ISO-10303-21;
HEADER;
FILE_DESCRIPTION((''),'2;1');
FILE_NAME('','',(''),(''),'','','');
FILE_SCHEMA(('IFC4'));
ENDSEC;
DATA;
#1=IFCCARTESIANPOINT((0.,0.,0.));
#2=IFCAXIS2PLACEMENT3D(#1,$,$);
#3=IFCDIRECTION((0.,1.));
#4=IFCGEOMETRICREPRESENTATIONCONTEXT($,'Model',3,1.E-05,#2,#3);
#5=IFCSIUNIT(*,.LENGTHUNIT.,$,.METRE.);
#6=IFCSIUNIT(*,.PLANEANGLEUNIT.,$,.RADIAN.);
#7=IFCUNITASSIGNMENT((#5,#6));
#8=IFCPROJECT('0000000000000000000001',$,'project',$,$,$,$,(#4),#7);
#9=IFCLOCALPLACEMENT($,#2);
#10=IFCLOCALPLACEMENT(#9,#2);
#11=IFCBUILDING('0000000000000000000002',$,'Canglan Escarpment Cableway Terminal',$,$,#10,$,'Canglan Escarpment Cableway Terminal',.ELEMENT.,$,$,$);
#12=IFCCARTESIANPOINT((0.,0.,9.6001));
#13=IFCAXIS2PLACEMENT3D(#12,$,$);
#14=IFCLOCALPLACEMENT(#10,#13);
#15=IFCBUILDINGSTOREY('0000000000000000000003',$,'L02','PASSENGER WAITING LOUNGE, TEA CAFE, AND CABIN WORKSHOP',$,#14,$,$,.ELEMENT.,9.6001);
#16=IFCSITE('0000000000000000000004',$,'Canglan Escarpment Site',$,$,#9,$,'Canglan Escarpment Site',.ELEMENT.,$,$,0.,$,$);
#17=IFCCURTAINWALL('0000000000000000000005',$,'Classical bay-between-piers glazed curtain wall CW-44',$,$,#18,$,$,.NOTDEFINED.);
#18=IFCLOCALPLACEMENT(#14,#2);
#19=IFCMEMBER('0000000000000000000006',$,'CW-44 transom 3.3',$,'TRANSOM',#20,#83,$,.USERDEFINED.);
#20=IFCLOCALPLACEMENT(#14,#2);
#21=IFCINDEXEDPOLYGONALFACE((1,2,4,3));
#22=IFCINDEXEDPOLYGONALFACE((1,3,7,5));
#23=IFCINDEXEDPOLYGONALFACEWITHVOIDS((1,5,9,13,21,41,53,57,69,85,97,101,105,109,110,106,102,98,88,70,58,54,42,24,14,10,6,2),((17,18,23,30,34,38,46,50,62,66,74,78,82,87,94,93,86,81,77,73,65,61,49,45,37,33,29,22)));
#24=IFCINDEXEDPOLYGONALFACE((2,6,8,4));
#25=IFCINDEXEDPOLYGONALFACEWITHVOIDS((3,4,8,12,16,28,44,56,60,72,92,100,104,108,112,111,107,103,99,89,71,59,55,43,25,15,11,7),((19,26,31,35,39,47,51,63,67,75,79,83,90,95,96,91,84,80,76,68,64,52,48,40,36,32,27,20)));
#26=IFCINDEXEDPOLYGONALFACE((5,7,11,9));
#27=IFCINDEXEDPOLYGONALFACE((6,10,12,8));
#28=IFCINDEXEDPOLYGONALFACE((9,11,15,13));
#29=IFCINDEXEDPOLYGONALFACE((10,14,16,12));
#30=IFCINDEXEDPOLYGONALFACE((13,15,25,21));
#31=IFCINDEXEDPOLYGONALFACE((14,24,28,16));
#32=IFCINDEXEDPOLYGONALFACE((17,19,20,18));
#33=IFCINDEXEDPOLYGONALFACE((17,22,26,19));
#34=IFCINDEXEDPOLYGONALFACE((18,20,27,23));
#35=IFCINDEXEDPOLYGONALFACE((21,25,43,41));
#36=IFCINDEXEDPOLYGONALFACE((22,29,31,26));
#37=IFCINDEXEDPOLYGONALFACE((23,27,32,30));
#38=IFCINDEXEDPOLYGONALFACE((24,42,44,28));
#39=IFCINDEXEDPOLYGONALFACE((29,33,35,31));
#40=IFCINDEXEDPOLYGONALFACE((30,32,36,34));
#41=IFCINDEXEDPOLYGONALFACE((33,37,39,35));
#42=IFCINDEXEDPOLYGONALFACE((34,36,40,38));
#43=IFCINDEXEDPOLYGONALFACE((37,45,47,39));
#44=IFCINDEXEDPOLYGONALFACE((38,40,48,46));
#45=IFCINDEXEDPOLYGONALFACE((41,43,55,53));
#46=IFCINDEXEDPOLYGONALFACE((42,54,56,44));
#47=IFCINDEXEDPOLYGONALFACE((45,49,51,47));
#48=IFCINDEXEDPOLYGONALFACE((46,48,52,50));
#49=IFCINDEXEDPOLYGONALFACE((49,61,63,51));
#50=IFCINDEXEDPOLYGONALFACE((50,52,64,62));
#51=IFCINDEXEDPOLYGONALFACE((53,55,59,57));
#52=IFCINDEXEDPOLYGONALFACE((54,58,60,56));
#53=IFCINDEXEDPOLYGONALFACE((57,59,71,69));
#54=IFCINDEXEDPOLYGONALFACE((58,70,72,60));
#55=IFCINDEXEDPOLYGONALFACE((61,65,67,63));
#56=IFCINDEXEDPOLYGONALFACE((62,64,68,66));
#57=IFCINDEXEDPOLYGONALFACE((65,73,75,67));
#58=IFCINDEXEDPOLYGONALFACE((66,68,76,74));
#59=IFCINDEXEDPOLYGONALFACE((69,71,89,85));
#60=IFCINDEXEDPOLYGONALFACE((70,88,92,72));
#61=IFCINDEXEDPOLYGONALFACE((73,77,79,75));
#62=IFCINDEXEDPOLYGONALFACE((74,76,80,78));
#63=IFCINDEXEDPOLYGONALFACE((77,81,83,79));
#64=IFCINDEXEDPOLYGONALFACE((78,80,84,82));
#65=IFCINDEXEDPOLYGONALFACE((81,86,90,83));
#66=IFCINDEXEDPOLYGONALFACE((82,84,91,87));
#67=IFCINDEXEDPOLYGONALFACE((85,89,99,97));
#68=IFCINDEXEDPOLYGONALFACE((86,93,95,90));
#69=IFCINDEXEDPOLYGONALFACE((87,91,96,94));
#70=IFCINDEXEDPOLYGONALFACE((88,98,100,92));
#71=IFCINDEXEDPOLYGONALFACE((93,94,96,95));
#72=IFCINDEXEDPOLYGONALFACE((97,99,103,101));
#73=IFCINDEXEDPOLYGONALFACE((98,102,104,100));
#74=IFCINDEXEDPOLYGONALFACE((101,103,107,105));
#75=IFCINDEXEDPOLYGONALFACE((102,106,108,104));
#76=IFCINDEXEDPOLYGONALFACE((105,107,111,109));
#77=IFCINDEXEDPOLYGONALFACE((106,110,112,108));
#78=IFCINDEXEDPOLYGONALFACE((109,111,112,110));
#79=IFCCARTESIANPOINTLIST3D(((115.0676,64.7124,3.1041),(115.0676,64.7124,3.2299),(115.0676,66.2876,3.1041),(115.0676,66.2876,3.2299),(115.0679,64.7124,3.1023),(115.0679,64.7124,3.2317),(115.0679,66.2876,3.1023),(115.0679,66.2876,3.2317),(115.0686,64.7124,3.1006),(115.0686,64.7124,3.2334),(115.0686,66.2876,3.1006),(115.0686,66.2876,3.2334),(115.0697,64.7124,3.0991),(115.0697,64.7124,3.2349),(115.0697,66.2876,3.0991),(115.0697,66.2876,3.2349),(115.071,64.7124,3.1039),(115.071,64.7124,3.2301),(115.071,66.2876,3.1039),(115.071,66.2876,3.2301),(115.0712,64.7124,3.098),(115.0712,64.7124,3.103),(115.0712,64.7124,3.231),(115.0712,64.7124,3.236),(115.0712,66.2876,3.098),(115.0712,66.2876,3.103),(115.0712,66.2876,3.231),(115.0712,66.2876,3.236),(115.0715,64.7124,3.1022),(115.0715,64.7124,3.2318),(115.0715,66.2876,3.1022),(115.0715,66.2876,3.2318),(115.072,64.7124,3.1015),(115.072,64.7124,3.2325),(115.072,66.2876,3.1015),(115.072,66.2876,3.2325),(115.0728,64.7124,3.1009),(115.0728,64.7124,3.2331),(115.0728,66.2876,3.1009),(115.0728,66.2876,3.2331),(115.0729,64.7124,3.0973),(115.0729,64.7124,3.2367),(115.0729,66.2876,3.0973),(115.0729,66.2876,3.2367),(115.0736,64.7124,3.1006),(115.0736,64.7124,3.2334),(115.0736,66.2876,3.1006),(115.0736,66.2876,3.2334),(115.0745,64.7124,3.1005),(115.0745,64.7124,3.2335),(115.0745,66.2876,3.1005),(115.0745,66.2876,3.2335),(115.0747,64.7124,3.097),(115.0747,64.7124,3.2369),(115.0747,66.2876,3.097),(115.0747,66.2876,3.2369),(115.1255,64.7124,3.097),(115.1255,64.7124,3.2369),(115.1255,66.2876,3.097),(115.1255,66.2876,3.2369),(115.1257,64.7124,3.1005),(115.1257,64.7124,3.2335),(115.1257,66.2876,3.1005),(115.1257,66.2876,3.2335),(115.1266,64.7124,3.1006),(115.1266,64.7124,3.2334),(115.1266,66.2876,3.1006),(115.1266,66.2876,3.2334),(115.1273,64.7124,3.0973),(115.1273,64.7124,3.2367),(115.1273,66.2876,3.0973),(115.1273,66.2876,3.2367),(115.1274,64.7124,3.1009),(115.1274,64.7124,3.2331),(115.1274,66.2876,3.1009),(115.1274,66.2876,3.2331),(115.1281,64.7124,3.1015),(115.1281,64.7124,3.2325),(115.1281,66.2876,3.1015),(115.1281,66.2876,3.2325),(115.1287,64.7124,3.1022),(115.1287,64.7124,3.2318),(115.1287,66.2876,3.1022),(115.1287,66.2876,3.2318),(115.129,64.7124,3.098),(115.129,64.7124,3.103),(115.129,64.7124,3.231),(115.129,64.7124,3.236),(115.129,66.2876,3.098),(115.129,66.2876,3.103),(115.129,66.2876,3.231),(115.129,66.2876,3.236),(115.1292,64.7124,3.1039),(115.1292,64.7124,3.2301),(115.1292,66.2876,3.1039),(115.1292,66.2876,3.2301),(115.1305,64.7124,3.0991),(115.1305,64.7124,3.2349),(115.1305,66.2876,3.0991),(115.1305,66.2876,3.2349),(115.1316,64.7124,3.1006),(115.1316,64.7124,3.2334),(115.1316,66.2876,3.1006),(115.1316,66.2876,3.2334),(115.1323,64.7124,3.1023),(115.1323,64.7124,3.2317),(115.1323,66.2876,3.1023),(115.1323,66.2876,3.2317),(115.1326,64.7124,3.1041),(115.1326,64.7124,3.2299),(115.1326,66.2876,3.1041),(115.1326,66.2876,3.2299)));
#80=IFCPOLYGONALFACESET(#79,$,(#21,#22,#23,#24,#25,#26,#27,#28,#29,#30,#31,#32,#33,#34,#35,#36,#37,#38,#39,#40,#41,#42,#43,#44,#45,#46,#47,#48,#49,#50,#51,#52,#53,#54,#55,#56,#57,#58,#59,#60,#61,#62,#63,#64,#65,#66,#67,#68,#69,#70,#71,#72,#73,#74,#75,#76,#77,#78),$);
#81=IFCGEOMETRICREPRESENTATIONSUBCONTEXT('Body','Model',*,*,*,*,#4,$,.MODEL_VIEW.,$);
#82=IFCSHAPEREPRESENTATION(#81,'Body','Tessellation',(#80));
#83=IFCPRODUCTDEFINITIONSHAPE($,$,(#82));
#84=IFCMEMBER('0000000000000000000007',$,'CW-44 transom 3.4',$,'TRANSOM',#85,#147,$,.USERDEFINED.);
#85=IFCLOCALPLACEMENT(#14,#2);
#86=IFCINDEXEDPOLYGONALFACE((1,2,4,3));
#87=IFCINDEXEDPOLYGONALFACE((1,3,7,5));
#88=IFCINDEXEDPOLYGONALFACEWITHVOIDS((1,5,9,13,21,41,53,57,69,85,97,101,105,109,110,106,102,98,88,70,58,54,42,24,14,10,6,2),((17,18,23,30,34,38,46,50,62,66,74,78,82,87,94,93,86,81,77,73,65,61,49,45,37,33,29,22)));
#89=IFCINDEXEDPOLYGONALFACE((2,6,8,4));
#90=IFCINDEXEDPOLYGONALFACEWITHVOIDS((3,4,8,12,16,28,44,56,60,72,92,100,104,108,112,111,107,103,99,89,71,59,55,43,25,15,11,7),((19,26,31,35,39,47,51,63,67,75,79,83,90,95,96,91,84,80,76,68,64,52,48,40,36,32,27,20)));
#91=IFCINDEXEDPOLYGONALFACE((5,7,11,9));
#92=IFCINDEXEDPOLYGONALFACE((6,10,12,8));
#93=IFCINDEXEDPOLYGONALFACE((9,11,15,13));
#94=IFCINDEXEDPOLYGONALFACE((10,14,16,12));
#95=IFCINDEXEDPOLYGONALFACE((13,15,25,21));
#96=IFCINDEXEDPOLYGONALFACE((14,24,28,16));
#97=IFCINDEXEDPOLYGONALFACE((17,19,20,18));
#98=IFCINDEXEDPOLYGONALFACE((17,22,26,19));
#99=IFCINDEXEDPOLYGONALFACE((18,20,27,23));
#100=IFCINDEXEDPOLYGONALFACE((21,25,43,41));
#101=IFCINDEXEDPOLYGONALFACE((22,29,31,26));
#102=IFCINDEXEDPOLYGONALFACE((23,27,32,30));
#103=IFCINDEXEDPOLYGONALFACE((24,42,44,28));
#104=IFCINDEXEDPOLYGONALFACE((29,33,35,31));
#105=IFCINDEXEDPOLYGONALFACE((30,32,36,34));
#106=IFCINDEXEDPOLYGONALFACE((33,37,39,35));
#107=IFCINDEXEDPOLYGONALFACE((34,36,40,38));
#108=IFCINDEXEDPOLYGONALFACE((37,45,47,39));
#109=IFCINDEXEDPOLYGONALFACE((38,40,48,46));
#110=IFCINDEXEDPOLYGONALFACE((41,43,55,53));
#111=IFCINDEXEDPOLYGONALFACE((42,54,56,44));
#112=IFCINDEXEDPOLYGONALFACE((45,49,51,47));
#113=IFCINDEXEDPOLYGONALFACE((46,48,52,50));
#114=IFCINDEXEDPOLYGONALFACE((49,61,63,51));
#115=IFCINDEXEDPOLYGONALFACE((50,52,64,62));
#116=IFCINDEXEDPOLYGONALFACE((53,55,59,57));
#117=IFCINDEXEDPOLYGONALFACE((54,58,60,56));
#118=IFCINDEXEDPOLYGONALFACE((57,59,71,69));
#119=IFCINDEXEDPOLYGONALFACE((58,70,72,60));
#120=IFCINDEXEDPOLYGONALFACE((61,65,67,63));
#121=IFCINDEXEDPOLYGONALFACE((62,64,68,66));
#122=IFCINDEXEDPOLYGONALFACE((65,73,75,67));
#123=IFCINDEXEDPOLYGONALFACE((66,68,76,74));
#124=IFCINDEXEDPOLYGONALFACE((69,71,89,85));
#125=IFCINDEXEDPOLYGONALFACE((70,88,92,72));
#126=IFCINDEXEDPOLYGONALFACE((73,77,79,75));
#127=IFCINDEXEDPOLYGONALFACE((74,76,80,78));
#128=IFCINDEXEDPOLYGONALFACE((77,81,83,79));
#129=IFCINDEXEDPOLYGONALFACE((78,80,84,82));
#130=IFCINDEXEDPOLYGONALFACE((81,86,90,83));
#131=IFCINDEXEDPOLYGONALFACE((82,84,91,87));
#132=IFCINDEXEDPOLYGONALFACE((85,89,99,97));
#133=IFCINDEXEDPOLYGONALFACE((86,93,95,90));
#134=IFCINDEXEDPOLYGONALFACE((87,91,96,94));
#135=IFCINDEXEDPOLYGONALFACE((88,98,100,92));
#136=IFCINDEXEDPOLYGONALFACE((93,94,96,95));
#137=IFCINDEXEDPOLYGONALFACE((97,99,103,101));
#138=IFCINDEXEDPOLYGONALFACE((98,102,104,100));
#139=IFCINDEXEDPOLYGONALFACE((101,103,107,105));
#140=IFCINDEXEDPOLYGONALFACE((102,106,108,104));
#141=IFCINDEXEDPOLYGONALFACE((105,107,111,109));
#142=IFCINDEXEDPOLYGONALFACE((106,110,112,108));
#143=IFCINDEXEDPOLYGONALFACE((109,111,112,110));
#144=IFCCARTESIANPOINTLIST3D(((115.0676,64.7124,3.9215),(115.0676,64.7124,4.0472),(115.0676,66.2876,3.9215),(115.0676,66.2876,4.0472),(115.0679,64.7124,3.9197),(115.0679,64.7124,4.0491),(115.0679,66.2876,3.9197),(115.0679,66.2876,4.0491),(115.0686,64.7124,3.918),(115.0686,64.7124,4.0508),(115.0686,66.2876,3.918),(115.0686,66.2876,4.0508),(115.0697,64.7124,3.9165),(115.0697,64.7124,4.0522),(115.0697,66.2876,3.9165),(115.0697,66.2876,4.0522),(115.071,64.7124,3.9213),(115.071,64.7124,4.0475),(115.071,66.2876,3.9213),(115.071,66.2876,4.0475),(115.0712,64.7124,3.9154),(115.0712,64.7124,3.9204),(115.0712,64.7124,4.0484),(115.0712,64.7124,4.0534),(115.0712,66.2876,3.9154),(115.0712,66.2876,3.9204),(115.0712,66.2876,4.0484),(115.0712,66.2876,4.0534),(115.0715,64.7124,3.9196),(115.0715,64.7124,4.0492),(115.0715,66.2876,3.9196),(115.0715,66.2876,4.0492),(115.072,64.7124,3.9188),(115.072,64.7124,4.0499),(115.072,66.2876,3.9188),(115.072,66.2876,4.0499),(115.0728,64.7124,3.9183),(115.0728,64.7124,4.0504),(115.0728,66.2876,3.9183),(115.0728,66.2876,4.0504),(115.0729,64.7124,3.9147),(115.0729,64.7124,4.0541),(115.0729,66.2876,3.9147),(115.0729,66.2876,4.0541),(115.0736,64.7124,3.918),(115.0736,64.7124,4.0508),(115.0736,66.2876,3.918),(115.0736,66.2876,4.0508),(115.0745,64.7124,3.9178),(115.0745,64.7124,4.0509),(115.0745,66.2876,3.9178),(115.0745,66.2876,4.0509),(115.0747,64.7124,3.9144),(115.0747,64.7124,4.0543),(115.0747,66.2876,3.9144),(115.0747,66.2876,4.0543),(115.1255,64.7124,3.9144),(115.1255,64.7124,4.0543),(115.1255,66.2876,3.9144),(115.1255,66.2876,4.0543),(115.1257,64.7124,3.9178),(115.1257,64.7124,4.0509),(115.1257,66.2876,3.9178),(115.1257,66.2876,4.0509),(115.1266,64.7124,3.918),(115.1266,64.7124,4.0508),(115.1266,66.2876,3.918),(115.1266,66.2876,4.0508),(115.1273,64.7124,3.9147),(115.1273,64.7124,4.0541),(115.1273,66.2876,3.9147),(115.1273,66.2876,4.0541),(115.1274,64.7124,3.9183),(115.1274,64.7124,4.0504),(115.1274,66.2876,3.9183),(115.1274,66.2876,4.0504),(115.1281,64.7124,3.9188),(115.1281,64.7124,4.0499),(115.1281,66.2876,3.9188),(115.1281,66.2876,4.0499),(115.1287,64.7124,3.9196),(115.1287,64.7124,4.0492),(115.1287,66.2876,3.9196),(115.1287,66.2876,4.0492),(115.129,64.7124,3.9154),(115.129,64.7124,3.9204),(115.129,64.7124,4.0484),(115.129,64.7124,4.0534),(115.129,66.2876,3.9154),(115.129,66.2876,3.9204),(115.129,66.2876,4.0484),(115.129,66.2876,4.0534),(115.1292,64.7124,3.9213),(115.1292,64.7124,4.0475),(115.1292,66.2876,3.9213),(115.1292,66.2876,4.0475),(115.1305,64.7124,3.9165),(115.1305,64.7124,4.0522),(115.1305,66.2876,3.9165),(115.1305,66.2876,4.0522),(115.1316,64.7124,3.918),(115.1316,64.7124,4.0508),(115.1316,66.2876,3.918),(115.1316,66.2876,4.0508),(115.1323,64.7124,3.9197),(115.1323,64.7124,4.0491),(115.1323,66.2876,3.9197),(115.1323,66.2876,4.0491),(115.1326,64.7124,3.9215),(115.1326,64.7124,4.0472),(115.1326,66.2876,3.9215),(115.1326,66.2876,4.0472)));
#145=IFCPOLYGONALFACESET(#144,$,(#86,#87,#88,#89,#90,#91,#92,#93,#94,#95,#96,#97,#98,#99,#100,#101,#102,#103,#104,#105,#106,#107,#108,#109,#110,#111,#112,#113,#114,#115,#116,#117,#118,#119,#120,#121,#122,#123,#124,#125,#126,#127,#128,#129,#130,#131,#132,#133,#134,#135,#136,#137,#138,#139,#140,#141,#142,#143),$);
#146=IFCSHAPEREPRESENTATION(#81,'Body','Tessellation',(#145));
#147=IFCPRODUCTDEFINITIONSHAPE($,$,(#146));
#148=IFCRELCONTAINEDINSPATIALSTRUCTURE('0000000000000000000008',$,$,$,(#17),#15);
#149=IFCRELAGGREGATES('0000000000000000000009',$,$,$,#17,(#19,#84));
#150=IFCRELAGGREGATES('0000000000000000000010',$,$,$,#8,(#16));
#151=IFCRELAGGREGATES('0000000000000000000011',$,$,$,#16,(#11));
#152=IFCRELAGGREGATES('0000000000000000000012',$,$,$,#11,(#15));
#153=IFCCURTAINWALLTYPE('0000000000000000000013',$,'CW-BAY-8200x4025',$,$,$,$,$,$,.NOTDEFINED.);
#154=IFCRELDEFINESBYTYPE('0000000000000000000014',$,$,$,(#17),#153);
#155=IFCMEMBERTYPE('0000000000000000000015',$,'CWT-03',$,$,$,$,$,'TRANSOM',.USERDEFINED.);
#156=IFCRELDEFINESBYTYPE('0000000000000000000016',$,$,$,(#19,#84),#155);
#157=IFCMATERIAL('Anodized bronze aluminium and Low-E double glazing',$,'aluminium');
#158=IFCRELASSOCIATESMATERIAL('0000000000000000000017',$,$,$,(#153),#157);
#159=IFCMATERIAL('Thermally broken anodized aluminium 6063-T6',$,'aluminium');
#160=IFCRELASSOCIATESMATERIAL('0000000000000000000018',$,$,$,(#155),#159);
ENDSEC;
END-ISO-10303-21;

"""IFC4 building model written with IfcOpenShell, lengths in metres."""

from ifc_helpers import new_model, si_unit, direction, frame, origin, origin_2d, place, context, subcontext, project, spatial, hollow_rectangle, extrude, material, material_profile, profile_set, type_object, element, aggregate, save


model = new_model("IFC4")

# Units and contexts
model_context = context("Model", 3, precision=1e-05, world=origin(), true_north=direction((0.0, 1.0)))
body_context = subcontext(model_context, "Body", "Model", "MODEL_VIEW")
ifc_project = project(units=[si_unit("LENGTHUNIT", "METRE"), si_unit("PLANEANGLEUNIT", "RADIAN")], contexts=[model_context])

# Site, building, storey
site_placement = place(None, origin())
site = spatial("IfcSite", under=ifc_project, at=site_placement, Name="Canglan Escarpment Site", LongName="Canglan Escarpment Site", CompositionType="ELEMENT", RefElevation=0.0)
building_placement = place(site_placement, origin())
building = spatial("IfcBuilding", under=site, at=building_placement, Name="Canglan Escarpment Cableway Terminal", LongName="Canglan Escarpment Cableway Terminal", CompositionType="ELEMENT")
storey_placement = place(building_placement, frame((0.0, 0.0, 9.6001)))
storey = spatial("IfcBuildingStorey", under=building, at=storey_placement, Name="L02", Description="PASSENGER WAITING LOUNGE, TEA CAFE, AND CABIN WORKSHOP", CompositionType="ELEMENT", Elevation=9.6001)

# Curtain wall, members
ifc_material_1 = material(Name="Anodized bronze aluminium and Low-E double glazing", Category="aluminium")
curtain_wall_type = type_object("IfcCurtainWallType", Name="CW-BAY-8200x4025", PredefinedType="NOTDEFINED", material=ifc_material_1)
curtain_wall_placement = place(storey_placement, origin())
curtain_wall = element("IfcCurtainWall", 1, at=curtain_wall_placement, inside=storey, type_object=curtain_wall_type, Name="Classical bay-between-piers glazed curtain wall CW-44", PredefinedType="NOTDEFINED")
ifc_material_2 = material(Name="Thermally broken anodized aluminium 6063-T6", Category="aluminium")
ifc_material_profile_1 = material_profile(ifc_material_2, hollow_rectangle(XDim=0.0649, YDim=0.1399, WallThickness=0.0034, InnerFilletRadius=0.0034, OuterFilletRadius=0.0071, at=origin_2d()), Name="ALU-TRAN 65x140x3.5")
ifc_profile_set_1 = profile_set([ifc_material_profile_1], Name="Thermally broken anodized aluminium 6063-T6")
member_type_1 = type_object("IfcMemberType", Name="CWT-03", ElementType="TRANSOM", PredefinedType="USERDEFINED", material=ifc_profile_set_1)
member_1_placement = place(storey_placement, frame((115.1001, 66.2876, 3.167), z_axis=(0.0, -1.0, 0.0), x_axis=(1.0, 0.0, 0.0)))
member_1 = element("IfcMember", 2, at=member_1_placement, type_object=member_type_1, Name="CW-44 transom 3.3", ObjectType="TRANSOM", PredefinedType="USERDEFINED", context=body_context, shape_type="SweptSolid", body=[
    extrude(hollow_rectangle(XDim=0.0649, YDim=0.1399, WallThickness=0.0034, InnerFilletRadius=0.0034, OuterFilletRadius=0.0071, at=origin_2d()), origin(), (0.0, 0.0, 1.0), 1.5752),
])
member_2_placement = place(storey_placement, frame((115.1001, 66.2876, 3.9844), z_axis=(0.0, -1.0, 0.0), x_axis=(1.0, 0.0, 0.0)))
member_2 = element("IfcMember", 3, at=member_2_placement, type_object=member_type_1, Name="CW-44 transom 3.4", ObjectType="TRANSOM", PredefinedType="USERDEFINED", context=body_context, shape_type="SweptSolid", body=[
    extrude(hollow_rectangle(XDim=0.0649, YDim=0.1399, WallThickness=0.0034, InnerFilletRadius=0.0034, OuterFilletRadius=0.0071, at=origin_2d()), origin(), (0.0, 0.0, 1.0), 1.5752),
])

aggregate(curtain_wall, [member_1, member_2])

save(model, "model.ifc")
